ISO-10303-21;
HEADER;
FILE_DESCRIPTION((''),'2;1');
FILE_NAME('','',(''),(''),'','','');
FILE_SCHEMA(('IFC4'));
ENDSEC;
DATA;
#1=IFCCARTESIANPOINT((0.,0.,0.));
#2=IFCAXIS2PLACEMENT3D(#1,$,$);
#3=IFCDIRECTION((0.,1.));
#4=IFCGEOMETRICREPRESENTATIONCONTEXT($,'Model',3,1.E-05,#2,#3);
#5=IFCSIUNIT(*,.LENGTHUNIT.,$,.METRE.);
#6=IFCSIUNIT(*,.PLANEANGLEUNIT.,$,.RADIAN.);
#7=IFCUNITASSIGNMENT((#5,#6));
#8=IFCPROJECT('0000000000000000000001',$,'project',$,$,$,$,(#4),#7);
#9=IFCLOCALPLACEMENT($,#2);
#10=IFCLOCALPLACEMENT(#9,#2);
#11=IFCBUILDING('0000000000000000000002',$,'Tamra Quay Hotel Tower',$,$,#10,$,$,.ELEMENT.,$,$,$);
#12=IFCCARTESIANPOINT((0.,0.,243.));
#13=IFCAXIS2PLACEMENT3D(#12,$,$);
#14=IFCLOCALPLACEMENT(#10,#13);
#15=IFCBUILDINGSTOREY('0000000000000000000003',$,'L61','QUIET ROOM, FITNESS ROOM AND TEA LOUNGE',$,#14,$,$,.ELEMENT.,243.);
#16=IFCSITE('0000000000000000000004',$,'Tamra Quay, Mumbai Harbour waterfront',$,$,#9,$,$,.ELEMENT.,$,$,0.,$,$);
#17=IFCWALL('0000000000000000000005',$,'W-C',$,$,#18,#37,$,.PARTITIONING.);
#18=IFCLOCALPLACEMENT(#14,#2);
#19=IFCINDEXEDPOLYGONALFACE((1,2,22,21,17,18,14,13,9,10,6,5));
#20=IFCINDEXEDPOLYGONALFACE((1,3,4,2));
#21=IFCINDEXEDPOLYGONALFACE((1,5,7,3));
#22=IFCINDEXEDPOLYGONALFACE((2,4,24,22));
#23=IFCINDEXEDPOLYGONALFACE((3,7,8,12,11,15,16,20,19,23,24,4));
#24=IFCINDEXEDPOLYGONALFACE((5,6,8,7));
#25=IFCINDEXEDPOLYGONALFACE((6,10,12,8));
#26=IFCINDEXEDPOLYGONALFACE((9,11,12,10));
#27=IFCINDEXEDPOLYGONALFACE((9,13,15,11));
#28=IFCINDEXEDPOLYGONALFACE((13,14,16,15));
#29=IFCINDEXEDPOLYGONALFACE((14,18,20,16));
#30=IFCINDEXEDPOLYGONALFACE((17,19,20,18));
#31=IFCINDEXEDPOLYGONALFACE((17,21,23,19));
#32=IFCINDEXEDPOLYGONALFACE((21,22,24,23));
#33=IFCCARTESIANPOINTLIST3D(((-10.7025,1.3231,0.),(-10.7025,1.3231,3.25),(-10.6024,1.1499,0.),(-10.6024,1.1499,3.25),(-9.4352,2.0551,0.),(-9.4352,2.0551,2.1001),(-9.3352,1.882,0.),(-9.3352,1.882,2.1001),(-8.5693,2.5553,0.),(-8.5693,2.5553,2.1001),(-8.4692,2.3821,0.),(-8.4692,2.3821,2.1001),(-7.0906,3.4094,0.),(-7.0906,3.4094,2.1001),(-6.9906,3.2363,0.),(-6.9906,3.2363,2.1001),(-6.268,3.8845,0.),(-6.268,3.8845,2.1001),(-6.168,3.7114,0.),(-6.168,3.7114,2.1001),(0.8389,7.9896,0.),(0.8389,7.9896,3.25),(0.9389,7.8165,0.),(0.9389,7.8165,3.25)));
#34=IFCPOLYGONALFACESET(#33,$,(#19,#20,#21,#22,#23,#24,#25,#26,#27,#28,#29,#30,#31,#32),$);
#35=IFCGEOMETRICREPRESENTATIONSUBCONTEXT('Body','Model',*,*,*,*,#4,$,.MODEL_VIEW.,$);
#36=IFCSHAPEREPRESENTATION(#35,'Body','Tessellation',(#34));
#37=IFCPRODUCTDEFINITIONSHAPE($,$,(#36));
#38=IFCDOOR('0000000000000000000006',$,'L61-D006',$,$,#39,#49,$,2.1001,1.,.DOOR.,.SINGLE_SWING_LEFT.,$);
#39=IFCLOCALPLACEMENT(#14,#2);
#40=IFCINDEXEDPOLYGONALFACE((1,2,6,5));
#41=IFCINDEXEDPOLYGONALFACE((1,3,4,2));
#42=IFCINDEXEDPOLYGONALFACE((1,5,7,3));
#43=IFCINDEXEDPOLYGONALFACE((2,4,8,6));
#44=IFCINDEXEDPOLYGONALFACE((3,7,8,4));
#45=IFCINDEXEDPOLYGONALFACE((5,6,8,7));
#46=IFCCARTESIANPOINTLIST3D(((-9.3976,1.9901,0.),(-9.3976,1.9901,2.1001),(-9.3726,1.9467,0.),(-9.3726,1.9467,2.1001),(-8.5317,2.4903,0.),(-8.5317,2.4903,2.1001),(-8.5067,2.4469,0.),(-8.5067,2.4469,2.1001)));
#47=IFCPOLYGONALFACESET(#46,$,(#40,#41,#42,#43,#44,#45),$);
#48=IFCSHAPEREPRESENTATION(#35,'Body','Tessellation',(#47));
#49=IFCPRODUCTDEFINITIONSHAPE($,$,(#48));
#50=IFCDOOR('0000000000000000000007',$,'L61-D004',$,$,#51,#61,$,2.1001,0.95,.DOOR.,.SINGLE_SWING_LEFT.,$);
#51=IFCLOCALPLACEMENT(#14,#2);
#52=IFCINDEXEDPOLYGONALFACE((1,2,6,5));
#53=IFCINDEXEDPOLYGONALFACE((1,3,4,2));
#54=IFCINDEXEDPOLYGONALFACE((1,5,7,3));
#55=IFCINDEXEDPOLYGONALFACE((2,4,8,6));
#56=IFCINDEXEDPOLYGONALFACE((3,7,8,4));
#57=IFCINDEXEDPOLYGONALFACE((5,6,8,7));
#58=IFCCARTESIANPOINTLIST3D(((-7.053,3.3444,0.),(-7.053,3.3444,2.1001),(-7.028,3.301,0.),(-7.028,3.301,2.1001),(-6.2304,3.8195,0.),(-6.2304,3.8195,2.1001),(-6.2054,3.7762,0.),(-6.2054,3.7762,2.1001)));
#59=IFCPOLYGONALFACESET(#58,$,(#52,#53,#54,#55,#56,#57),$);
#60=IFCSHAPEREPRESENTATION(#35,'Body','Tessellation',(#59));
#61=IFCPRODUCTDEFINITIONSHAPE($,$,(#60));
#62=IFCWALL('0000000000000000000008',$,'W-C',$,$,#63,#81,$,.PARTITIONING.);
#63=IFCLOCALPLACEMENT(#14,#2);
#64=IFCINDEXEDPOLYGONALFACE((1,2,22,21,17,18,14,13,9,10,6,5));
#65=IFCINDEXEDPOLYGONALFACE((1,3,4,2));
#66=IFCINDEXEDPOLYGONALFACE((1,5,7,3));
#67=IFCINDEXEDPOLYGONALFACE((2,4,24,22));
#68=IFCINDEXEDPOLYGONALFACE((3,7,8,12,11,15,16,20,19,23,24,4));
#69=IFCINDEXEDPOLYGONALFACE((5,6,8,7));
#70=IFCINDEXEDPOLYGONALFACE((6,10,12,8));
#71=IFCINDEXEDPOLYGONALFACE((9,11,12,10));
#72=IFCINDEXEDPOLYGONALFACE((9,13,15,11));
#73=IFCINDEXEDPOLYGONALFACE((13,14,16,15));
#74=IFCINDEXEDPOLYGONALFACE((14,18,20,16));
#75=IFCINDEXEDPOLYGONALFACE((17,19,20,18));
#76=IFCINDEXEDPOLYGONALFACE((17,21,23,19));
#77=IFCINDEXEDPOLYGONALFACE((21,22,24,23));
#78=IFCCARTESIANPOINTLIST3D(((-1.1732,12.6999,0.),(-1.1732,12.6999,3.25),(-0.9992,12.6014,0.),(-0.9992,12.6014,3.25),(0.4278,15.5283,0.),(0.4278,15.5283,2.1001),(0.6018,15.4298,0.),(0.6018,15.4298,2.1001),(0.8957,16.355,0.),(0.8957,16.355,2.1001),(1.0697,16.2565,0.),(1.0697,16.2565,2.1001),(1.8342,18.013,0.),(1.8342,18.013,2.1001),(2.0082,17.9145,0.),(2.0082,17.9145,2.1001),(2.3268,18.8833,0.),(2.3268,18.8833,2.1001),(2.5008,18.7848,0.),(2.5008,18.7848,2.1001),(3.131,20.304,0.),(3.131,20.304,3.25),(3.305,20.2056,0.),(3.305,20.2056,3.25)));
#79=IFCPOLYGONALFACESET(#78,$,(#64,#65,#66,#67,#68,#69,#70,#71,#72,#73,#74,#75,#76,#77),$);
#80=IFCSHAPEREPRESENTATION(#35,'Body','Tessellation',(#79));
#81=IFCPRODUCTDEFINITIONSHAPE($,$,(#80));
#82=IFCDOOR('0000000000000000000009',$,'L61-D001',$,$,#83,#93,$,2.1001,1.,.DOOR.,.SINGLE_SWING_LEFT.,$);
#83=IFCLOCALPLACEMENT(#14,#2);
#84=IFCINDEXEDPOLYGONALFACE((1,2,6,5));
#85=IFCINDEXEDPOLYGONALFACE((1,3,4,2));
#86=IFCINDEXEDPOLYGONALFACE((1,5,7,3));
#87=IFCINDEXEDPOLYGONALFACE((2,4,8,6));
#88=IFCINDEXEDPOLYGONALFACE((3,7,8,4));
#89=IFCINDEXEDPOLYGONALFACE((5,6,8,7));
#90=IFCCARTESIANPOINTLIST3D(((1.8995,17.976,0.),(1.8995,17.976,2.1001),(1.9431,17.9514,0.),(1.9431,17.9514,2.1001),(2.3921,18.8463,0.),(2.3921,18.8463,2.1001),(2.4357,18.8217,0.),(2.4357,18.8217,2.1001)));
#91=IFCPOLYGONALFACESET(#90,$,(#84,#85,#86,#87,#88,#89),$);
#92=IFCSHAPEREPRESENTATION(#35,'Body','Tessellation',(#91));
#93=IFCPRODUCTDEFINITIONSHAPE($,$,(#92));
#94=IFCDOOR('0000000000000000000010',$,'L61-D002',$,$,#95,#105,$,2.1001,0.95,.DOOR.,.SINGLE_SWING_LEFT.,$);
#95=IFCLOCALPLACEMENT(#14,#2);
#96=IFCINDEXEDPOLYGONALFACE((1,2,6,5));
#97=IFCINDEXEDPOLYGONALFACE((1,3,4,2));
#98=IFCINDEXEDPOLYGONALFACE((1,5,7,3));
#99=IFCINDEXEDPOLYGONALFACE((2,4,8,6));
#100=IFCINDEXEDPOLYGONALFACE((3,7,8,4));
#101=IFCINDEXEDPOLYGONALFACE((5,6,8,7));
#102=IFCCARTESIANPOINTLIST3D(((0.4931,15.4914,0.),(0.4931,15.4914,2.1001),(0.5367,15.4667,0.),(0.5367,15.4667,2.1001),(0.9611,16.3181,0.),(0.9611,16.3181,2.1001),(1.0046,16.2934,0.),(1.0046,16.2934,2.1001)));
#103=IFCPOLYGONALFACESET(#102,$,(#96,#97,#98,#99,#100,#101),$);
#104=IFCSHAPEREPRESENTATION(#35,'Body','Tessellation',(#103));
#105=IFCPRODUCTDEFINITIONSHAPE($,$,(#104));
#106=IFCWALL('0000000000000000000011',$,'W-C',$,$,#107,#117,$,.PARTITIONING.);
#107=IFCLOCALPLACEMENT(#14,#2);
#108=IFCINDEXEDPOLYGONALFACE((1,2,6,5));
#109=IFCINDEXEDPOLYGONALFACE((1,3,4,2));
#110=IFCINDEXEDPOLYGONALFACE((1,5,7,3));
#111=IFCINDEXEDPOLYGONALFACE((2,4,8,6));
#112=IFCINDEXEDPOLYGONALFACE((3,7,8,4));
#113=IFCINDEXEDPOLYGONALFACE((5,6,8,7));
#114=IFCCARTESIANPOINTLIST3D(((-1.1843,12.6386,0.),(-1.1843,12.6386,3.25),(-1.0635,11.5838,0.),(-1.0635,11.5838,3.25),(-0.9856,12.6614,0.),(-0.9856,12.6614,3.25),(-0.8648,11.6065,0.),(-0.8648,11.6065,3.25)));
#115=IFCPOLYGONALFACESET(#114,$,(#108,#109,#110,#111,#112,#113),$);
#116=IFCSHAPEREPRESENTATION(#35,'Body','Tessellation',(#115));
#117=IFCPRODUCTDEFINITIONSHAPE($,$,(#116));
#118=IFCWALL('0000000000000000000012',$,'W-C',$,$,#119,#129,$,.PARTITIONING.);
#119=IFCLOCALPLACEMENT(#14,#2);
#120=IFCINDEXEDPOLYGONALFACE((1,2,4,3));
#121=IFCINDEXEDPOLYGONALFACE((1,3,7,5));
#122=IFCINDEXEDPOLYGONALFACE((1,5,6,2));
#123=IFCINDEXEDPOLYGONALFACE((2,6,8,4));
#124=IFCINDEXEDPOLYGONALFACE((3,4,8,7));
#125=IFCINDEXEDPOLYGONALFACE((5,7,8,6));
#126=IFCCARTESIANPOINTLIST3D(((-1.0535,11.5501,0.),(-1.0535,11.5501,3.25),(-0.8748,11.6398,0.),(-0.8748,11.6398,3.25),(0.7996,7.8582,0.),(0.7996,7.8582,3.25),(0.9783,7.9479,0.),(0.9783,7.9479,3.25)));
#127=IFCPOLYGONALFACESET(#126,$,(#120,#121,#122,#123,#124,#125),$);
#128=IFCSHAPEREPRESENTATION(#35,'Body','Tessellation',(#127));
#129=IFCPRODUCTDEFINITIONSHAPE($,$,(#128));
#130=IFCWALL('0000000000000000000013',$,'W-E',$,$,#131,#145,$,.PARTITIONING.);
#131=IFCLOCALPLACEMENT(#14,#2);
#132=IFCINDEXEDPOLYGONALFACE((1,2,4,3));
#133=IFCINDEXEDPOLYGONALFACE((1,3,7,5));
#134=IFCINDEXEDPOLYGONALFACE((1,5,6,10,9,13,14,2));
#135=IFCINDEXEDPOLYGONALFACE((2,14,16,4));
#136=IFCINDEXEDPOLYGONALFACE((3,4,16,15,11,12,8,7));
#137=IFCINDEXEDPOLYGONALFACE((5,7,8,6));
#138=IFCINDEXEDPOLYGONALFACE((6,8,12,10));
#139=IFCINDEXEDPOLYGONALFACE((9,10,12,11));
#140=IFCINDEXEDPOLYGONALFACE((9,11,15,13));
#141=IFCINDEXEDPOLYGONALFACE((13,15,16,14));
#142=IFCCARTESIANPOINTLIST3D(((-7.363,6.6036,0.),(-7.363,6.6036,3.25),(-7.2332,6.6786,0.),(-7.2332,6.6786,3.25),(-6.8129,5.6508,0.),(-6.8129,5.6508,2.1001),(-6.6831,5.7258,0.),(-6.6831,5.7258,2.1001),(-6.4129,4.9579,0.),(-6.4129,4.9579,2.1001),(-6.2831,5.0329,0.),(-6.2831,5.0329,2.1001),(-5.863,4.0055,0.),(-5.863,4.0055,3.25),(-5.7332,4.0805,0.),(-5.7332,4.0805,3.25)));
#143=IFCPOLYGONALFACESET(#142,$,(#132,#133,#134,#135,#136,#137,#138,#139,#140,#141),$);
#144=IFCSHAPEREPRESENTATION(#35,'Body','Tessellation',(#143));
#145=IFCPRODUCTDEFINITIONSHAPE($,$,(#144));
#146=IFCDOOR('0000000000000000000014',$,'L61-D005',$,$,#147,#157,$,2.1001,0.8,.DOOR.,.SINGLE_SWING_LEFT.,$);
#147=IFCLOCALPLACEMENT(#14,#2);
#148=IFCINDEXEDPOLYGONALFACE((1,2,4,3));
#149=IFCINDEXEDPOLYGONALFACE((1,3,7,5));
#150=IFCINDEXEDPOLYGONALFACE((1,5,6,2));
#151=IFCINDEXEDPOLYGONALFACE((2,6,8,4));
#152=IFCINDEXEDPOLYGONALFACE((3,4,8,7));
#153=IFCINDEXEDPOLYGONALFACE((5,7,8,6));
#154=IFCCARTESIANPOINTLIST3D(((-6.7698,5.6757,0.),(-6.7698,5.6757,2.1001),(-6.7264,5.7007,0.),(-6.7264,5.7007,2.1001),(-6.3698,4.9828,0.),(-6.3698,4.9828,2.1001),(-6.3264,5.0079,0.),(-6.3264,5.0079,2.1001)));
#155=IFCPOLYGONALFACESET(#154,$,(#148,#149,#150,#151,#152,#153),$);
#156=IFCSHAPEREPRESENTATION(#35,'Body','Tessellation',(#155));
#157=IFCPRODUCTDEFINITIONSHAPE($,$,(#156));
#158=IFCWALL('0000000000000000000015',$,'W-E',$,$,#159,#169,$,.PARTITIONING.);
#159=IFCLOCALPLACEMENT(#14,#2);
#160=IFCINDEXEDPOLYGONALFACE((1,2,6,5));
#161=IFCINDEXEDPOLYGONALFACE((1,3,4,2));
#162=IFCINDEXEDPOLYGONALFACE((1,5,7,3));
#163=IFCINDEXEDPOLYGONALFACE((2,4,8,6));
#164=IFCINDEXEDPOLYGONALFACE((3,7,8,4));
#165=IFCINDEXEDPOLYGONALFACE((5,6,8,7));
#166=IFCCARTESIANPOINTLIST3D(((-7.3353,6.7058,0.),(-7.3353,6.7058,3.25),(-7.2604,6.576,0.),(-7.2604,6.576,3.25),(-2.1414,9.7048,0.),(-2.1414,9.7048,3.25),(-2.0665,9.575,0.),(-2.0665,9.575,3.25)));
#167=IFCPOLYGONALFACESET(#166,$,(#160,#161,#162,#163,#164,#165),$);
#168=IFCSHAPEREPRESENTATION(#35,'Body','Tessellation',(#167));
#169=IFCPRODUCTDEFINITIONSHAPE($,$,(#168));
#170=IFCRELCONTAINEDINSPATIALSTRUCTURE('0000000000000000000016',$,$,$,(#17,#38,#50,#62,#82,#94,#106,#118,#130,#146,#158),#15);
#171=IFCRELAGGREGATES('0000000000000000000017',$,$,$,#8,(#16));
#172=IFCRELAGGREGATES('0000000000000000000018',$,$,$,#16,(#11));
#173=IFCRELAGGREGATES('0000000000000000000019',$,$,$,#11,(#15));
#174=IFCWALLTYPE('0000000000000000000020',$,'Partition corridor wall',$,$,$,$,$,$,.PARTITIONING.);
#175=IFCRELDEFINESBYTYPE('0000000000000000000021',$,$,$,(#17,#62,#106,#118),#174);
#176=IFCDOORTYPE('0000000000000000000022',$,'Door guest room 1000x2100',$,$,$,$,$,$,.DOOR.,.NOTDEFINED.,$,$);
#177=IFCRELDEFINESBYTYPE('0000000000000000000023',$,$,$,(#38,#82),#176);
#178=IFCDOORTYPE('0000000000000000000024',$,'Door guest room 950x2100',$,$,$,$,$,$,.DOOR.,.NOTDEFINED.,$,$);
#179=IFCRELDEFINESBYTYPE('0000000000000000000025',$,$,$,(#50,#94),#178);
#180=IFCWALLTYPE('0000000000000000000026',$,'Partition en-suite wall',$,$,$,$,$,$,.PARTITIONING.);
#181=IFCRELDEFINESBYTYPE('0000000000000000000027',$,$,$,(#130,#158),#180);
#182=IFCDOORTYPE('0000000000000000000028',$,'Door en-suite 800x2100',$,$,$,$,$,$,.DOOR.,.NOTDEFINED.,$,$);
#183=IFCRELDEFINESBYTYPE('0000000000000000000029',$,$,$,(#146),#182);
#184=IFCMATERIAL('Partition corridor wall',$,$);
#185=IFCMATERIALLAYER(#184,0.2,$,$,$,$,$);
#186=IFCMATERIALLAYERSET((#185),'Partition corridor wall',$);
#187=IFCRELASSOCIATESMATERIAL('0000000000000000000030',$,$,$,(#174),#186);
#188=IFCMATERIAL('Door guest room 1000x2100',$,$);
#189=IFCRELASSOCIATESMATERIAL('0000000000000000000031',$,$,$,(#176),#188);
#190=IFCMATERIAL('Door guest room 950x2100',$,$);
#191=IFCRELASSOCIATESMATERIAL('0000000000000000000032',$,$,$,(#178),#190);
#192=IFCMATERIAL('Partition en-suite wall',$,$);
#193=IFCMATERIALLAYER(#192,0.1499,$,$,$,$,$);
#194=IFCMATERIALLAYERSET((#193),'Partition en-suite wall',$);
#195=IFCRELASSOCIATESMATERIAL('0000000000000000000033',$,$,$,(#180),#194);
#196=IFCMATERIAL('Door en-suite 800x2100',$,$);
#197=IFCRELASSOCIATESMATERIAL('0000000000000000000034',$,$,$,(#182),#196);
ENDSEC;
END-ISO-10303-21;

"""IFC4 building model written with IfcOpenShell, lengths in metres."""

from ifc_helpers import new_model, si_unit, direction, frame, frame_2d, origin, place, context, subcontext, project, spatial, rectangle, extrude, material, layer, layer_set, type_object, element, fill, save


model = new_model("IFC4")

# Units and contexts
model_context = context("Model", 3, precision=1e-05, world=origin(), true_north=direction((0.0, 1.0)))
body_context = subcontext(model_context, "Body", "Model", "MODEL_VIEW")
ifc_project = project(units=[si_unit("LENGTHUNIT", "METRE"), si_unit("PLANEANGLEUNIT", "RADIAN")], contexts=[model_context])

# Site, building, storey
site_placement = place(None, origin())
site = spatial("IfcSite", under=ifc_project, at=site_placement, Name="Tamra Quay, Mumbai Harbour waterfront", CompositionType="ELEMENT", RefElevation=0.0)
building_placement = place(site_placement, origin())
building = spatial("IfcBuilding", under=site, at=building_placement, Name="Tamra Quay Hotel Tower", CompositionType="ELEMENT")
storey_placement = place(building_placement, frame((0.0, 0.0, 243.0)))
storey = spatial("IfcBuildingStorey", under=building, at=storey_placement, Name="L61", Description="QUIET ROOM, FITNESS ROOM AND TEA LOUNGE", CompositionType="ELEMENT", Elevation=243.0)

# Walls, openings, doors
ifc_material_1 = material(Name="Partition corridor wall")
ifc_layer_1 = layer(ifc_material_1, 0.2)
ifc_layer_set_1 = layer_set([ifc_layer_1], Name="Partition corridor wall")
wall_type_1 = type_object("IfcWallType", Name="Partition corridor wall", PredefinedType="PARTITIONING", material=ifc_layer_set_1)
wall_1_placement = place(storey_placement, frame((-10.6523, 1.2366, 0.0), z_axis=(0.0, 0.0, 1.0), x_axis=(0.865923, 0.500177, 0.0)))
wall_1 = element("IfcWall", 1, at=wall_1_placement, inside=storey, type_object=wall_type_1, Name="W-C", PredefinedType="PARTITIONING", context=body_context, shape_type="SweptSolid", body=[
    extrude(rectangle(XDim=13.3284, YDim=0.2, at=frame_2d((6.6641, 0.0))), origin(), (0.0, 0.0, 1.0), 3.25),
])
opening_1_placement = place(wall_1_placement, frame((4.1709, 0.0, 0.0)))
opening_1 = element("IfcOpeningElement", 2, at=opening_1_placement, cuts=wall_1, PredefinedType="OPENING", context=body_context, shape_type="SweptSolid", body=[
    extrude(rectangle(XDim=0.95, YDim=2.1001, at=frame_2d((0.4751, 1.05))), frame((0.0, 0.1099, 0.0), z_axis=(0.0, -1.0, 0.0), x_axis=(1.0, 0.0, 0.0)), (0.0, 0.0, 1.0), 0.22),
])
opening_2_placement = place(wall_1_placement, frame((1.4634, 0.0, 0.0)))
opening_2 = element("IfcOpeningElement", 3, at=opening_2_placement, cuts=wall_1, PredefinedType="OPENING", context=body_context, shape_type="SweptSolid", body=[
    extrude(rectangle(XDim=1.0, YDim=2.1001, at=frame_2d((0.5, 1.05))), frame((0.0, 0.1099, 0.0), z_axis=(0.0, -1.0, 0.0), x_axis=(1.0, 0.0, 0.0)), (0.0, 0.0, 1.0), 0.22),
])
ifc_material_2 = material(Name="Door guest room 1000x2100")
door_type_1 = type_object("IfcDoorType", Name="Door guest room 1000x2100", OperationType="NOTDEFINED", PredefinedType="DOOR", material=ifc_material_2)
door_1_placement = place(opening_2_placement, origin())
door_1 = element("IfcDoor", 4, at=door_1_placement, inside=storey, type_object=door_type_1, Name="L61-D006", OperationType="SINGLE_SWING_LEFT", OverallHeight=2.1001, OverallWidth=1.0, PredefinedType="DOOR", context=body_context, shape_type="SweptSolid", body=[
    extrude(rectangle(XDim=1.0, YDim=2.1001, at=frame_2d((0.5, 1.05))), frame((0.0, 0.0249, 0.0), z_axis=(0.0, -1.0, 0.0), x_axis=(1.0, 0.0, 0.0)), (0.0, 0.0, 1.0), 0.05),
])
fill(opening_2, door_1)
ifc_material_3 = material(Name="Door guest room 950x2100")
door_type_2 = type_object("IfcDoorType", Name="Door guest room 950x2100", OperationType="NOTDEFINED", PredefinedType="DOOR", material=ifc_material_3)
door_2_placement = place(opening_1_placement, origin())
door_2 = element("IfcDoor", 5, at=door_2_placement, inside=storey, type_object=door_type_2, Name="L61-D004", OperationType="SINGLE_SWING_LEFT", OverallHeight=2.1001, OverallWidth=0.95, PredefinedType="DOOR", context=body_context, shape_type="SweptSolid", body=[
    extrude(rectangle(XDim=0.95, YDim=2.1001, at=frame_2d((0.4751, 1.05))), frame((0.0, 0.0249, 0.0), z_axis=(0.0, -1.0, 0.0), x_axis=(1.0, 0.0, 0.0)), (0.0, 0.0, 1.0), 0.05),
])
fill(opening_1, door_2)
wall_2_placement = place(storey_placement, frame((-1.0862, 12.6506, 0.0), z_axis=(0.0, 0.0, 1.0), x_axis=(0.49259, 0.870261, 0.0)))
wall_2 = element("IfcWall", 6, at=wall_2_placement, inside=storey, type_object=wall_type_1, Name="W-C", PredefinedType="PARTITIONING", context=body_context, shape_type="SweptSolid", body=[
    extrude(rectangle(XDim=8.7378, YDim=0.2, at=frame_2d((4.3689, 0.0))), origin(), (0.0, 0.0, 1.0), 3.25),
])
opening_3_placement = place(wall_2_placement, frame((6.1052, 0.0, 0.0)))
opening_3 = element("IfcOpeningElement", 7, at=opening_3_placement, cuts=wall_2, PredefinedType="OPENING", context=body_context, shape_type="SweptSolid", body=[
    extrude(rectangle(XDim=1.0, YDim=2.1001, at=frame_2d((0.5, 1.05))), frame((0.0, 0.1099, 0.0), z_axis=(0.0, -1.0, 0.0), x_axis=(1.0, 0.0, 0.0)), (0.0, 0.0, 1.0), 0.22),
])
opening_4_placement = place(wall_2_placement, frame((3.25, 0.0, 0.0)))
opening_4 = element("IfcOpeningElement", 8, at=opening_4_placement, cuts=wall_2, PredefinedType="OPENING", context=body_context, shape_type="SweptSolid", body=[
    extrude(rectangle(XDim=0.95, YDim=2.1001, at=frame_2d((0.4751, 1.05))), frame((0.0, 0.1099, 0.0), z_axis=(0.0, -1.0, 0.0), x_axis=(1.0, 0.0, 0.0)), (0.0, 0.0, 1.0), 0.22),
])
door_3_placement = place(opening_3_placement, origin())
door_3 = element("IfcDoor", 9, at=door_3_placement, inside=storey, type_object=door_type_1, Name="L61-D001", OperationType="SINGLE_SWING_LEFT", OverallHeight=2.1001, OverallWidth=1.0, PredefinedType="DOOR", context=body_context, shape_type="SweptSolid", body=[
    extrude(rectangle(XDim=1.0, YDim=2.1001, at=frame_2d((0.5, 1.05))), frame((0.0, 0.0249, 0.0), z_axis=(0.0, -1.0, 0.0), x_axis=(1.0, 0.0, 0.0)), (0.0, 0.0, 1.0), 0.05),
])
fill(opening_3, door_3)
door_4_placement = place(opening_4_placement, origin())
door_4 = element("IfcDoor", 10, at=door_4_placement, inside=storey, type_object=door_type_2, Name="L61-D002", OperationType="SINGLE_SWING_LEFT", OverallHeight=2.1001, OverallWidth=0.95, PredefinedType="DOOR", context=body_context, shape_type="SweptSolid", body=[
    extrude(rectangle(XDim=0.95, YDim=2.1001, at=frame_2d((0.4751, 1.05))), frame((0.0, 0.0249, 0.0), z_axis=(0.0, -1.0, 0.0), x_axis=(1.0, 0.0, 0.0)), (0.0, 0.0, 1.0), 0.05),
])
fill(opening_4, door_4)

# Walls
wall_3_placement = place(storey_placement, frame((-1.085, 12.6499, 0.0), z_axis=(0.0, 0.0, 1.0), x_axis=(0.113812, -0.993502, 0.0)))
element("IfcWall", 11, at=wall_3_placement, inside=storey, type_object=wall_type_1, Name="W-C", PredefinedType="PARTITIONING", context=body_context, shape_type="SweptSolid", body=[
    extrude(rectangle(XDim=1.0618, YDim=0.2, at=frame_2d((0.5308, 0.0))), origin(), (0.0, 0.0, 1.0), 3.25),
])
wall_4_placement = place(storey_placement, frame((-0.9641, 11.595, 0.0), z_axis=(0.0, 0.0, 1.0), x_axis=(0.448584, -0.893741, 0.0)))
element("IfcWall", 12, at=wall_4_placement, inside=storey, type_object=wall_type_1, Name="W-C", PredefinedType="PARTITIONING", context=body_context, shape_type="SweptSolid", body=[
    extrude(rectangle(XDim=4.1309, YDim=0.2, at=frame_2d((2.0654, 0.0))), origin(), (0.0, 0.0, 1.0), 3.25),
])

# Wall, opening, door
ifc_material_4 = material(Name="Partition en-suite wall")
ifc_layer_2 = layer(ifc_material_4, 0.1499)
ifc_layer_set_2 = layer_set([ifc_layer_2], Name="Partition en-suite wall")
wall_type_2 = type_object("IfcWallType", Name="Partition en-suite wall", PredefinedType="PARTITIONING", material=ifc_layer_set_2)
wall_5_placement = place(storey_placement, frame((-7.2981, 6.6411, 0.0), z_axis=(0.0, 0.0, 1.0), x_axis=(0.49999, -0.866031, 0.0)))
wall_5 = element("IfcWall", 13, at=wall_5_placement, inside=storey, type_object=wall_type_2, Name="W-E", PredefinedType="PARTITIONING", context=body_context, shape_type="SweptSolid", body=[
    extrude(rectangle(XDim=3.0, YDim=0.1499, at=frame_2d((1.5, 0.0))), origin(), (0.0, 0.0, 1.0), 3.25),
])
opening_5_placement = place(wall_5_placement, frame((1.1003, 0.0, 0.0)))
opening_5 = element("IfcOpeningElement", 14, at=opening_5_placement, cuts=wall_5, PredefinedType="OPENING", context=body_context, shape_type="SweptSolid", body=[
    extrude(rectangle(XDim=0.8, YDim=2.1001, at=frame_2d((0.3999, 1.05))), frame((0.0, 0.085, 0.0), z_axis=(0.0, -1.0, 0.0), x_axis=(1.0, 0.0, 0.0)), (0.0, 0.0, 1.0), 0.1699),
])
ifc_material_5 = material(Name="Door en-suite 800x2100")
door_type_3 = type_object("IfcDoorType", Name="Door en-suite 800x2100", OperationType="NOTDEFINED", PredefinedType="DOOR", material=ifc_material_5)
door_5_placement = place(opening_5_placement, origin())
door_5 = element("IfcDoor", 15, at=door_5_placement, inside=storey, type_object=door_type_3, Name="L61-D005", OperationType="SINGLE_SWING_LEFT", OverallHeight=2.1001, OverallWidth=0.8, PredefinedType="DOOR", context=body_context, shape_type="SweptSolid", body=[
    extrude(rectangle(XDim=0.8, YDim=2.1001, at=frame_2d((0.3999, 1.05))), frame((0.0, 0.0249, 0.0), z_axis=(0.0, -1.0, 0.0), x_axis=(1.0, 0.0, 0.0)), (0.0, 0.0, 1.0), 0.05),
])
fill(opening_5, door_5)

# Wall
wall_6_placement = place(storey_placement, frame((-7.2979, 6.6409, 0.0), z_axis=(0.0, 0.0, 1.0), x_axis=(0.866, 0.500044, 0.0)))
element("IfcWall", 16, at=wall_6_placement, inside=storey, type_object=wall_type_2, Name="W-E", PredefinedType="PARTITIONING", context=body_context, shape_type="SweptSolid", body=[
    extrude(rectangle(XDim=5.9976, YDim=0.1499, at=frame_2d((2.9988, 0.0))), origin(), (0.0, 0.0, 1.0), 3.25),
])

save(model, "model.ifc")
